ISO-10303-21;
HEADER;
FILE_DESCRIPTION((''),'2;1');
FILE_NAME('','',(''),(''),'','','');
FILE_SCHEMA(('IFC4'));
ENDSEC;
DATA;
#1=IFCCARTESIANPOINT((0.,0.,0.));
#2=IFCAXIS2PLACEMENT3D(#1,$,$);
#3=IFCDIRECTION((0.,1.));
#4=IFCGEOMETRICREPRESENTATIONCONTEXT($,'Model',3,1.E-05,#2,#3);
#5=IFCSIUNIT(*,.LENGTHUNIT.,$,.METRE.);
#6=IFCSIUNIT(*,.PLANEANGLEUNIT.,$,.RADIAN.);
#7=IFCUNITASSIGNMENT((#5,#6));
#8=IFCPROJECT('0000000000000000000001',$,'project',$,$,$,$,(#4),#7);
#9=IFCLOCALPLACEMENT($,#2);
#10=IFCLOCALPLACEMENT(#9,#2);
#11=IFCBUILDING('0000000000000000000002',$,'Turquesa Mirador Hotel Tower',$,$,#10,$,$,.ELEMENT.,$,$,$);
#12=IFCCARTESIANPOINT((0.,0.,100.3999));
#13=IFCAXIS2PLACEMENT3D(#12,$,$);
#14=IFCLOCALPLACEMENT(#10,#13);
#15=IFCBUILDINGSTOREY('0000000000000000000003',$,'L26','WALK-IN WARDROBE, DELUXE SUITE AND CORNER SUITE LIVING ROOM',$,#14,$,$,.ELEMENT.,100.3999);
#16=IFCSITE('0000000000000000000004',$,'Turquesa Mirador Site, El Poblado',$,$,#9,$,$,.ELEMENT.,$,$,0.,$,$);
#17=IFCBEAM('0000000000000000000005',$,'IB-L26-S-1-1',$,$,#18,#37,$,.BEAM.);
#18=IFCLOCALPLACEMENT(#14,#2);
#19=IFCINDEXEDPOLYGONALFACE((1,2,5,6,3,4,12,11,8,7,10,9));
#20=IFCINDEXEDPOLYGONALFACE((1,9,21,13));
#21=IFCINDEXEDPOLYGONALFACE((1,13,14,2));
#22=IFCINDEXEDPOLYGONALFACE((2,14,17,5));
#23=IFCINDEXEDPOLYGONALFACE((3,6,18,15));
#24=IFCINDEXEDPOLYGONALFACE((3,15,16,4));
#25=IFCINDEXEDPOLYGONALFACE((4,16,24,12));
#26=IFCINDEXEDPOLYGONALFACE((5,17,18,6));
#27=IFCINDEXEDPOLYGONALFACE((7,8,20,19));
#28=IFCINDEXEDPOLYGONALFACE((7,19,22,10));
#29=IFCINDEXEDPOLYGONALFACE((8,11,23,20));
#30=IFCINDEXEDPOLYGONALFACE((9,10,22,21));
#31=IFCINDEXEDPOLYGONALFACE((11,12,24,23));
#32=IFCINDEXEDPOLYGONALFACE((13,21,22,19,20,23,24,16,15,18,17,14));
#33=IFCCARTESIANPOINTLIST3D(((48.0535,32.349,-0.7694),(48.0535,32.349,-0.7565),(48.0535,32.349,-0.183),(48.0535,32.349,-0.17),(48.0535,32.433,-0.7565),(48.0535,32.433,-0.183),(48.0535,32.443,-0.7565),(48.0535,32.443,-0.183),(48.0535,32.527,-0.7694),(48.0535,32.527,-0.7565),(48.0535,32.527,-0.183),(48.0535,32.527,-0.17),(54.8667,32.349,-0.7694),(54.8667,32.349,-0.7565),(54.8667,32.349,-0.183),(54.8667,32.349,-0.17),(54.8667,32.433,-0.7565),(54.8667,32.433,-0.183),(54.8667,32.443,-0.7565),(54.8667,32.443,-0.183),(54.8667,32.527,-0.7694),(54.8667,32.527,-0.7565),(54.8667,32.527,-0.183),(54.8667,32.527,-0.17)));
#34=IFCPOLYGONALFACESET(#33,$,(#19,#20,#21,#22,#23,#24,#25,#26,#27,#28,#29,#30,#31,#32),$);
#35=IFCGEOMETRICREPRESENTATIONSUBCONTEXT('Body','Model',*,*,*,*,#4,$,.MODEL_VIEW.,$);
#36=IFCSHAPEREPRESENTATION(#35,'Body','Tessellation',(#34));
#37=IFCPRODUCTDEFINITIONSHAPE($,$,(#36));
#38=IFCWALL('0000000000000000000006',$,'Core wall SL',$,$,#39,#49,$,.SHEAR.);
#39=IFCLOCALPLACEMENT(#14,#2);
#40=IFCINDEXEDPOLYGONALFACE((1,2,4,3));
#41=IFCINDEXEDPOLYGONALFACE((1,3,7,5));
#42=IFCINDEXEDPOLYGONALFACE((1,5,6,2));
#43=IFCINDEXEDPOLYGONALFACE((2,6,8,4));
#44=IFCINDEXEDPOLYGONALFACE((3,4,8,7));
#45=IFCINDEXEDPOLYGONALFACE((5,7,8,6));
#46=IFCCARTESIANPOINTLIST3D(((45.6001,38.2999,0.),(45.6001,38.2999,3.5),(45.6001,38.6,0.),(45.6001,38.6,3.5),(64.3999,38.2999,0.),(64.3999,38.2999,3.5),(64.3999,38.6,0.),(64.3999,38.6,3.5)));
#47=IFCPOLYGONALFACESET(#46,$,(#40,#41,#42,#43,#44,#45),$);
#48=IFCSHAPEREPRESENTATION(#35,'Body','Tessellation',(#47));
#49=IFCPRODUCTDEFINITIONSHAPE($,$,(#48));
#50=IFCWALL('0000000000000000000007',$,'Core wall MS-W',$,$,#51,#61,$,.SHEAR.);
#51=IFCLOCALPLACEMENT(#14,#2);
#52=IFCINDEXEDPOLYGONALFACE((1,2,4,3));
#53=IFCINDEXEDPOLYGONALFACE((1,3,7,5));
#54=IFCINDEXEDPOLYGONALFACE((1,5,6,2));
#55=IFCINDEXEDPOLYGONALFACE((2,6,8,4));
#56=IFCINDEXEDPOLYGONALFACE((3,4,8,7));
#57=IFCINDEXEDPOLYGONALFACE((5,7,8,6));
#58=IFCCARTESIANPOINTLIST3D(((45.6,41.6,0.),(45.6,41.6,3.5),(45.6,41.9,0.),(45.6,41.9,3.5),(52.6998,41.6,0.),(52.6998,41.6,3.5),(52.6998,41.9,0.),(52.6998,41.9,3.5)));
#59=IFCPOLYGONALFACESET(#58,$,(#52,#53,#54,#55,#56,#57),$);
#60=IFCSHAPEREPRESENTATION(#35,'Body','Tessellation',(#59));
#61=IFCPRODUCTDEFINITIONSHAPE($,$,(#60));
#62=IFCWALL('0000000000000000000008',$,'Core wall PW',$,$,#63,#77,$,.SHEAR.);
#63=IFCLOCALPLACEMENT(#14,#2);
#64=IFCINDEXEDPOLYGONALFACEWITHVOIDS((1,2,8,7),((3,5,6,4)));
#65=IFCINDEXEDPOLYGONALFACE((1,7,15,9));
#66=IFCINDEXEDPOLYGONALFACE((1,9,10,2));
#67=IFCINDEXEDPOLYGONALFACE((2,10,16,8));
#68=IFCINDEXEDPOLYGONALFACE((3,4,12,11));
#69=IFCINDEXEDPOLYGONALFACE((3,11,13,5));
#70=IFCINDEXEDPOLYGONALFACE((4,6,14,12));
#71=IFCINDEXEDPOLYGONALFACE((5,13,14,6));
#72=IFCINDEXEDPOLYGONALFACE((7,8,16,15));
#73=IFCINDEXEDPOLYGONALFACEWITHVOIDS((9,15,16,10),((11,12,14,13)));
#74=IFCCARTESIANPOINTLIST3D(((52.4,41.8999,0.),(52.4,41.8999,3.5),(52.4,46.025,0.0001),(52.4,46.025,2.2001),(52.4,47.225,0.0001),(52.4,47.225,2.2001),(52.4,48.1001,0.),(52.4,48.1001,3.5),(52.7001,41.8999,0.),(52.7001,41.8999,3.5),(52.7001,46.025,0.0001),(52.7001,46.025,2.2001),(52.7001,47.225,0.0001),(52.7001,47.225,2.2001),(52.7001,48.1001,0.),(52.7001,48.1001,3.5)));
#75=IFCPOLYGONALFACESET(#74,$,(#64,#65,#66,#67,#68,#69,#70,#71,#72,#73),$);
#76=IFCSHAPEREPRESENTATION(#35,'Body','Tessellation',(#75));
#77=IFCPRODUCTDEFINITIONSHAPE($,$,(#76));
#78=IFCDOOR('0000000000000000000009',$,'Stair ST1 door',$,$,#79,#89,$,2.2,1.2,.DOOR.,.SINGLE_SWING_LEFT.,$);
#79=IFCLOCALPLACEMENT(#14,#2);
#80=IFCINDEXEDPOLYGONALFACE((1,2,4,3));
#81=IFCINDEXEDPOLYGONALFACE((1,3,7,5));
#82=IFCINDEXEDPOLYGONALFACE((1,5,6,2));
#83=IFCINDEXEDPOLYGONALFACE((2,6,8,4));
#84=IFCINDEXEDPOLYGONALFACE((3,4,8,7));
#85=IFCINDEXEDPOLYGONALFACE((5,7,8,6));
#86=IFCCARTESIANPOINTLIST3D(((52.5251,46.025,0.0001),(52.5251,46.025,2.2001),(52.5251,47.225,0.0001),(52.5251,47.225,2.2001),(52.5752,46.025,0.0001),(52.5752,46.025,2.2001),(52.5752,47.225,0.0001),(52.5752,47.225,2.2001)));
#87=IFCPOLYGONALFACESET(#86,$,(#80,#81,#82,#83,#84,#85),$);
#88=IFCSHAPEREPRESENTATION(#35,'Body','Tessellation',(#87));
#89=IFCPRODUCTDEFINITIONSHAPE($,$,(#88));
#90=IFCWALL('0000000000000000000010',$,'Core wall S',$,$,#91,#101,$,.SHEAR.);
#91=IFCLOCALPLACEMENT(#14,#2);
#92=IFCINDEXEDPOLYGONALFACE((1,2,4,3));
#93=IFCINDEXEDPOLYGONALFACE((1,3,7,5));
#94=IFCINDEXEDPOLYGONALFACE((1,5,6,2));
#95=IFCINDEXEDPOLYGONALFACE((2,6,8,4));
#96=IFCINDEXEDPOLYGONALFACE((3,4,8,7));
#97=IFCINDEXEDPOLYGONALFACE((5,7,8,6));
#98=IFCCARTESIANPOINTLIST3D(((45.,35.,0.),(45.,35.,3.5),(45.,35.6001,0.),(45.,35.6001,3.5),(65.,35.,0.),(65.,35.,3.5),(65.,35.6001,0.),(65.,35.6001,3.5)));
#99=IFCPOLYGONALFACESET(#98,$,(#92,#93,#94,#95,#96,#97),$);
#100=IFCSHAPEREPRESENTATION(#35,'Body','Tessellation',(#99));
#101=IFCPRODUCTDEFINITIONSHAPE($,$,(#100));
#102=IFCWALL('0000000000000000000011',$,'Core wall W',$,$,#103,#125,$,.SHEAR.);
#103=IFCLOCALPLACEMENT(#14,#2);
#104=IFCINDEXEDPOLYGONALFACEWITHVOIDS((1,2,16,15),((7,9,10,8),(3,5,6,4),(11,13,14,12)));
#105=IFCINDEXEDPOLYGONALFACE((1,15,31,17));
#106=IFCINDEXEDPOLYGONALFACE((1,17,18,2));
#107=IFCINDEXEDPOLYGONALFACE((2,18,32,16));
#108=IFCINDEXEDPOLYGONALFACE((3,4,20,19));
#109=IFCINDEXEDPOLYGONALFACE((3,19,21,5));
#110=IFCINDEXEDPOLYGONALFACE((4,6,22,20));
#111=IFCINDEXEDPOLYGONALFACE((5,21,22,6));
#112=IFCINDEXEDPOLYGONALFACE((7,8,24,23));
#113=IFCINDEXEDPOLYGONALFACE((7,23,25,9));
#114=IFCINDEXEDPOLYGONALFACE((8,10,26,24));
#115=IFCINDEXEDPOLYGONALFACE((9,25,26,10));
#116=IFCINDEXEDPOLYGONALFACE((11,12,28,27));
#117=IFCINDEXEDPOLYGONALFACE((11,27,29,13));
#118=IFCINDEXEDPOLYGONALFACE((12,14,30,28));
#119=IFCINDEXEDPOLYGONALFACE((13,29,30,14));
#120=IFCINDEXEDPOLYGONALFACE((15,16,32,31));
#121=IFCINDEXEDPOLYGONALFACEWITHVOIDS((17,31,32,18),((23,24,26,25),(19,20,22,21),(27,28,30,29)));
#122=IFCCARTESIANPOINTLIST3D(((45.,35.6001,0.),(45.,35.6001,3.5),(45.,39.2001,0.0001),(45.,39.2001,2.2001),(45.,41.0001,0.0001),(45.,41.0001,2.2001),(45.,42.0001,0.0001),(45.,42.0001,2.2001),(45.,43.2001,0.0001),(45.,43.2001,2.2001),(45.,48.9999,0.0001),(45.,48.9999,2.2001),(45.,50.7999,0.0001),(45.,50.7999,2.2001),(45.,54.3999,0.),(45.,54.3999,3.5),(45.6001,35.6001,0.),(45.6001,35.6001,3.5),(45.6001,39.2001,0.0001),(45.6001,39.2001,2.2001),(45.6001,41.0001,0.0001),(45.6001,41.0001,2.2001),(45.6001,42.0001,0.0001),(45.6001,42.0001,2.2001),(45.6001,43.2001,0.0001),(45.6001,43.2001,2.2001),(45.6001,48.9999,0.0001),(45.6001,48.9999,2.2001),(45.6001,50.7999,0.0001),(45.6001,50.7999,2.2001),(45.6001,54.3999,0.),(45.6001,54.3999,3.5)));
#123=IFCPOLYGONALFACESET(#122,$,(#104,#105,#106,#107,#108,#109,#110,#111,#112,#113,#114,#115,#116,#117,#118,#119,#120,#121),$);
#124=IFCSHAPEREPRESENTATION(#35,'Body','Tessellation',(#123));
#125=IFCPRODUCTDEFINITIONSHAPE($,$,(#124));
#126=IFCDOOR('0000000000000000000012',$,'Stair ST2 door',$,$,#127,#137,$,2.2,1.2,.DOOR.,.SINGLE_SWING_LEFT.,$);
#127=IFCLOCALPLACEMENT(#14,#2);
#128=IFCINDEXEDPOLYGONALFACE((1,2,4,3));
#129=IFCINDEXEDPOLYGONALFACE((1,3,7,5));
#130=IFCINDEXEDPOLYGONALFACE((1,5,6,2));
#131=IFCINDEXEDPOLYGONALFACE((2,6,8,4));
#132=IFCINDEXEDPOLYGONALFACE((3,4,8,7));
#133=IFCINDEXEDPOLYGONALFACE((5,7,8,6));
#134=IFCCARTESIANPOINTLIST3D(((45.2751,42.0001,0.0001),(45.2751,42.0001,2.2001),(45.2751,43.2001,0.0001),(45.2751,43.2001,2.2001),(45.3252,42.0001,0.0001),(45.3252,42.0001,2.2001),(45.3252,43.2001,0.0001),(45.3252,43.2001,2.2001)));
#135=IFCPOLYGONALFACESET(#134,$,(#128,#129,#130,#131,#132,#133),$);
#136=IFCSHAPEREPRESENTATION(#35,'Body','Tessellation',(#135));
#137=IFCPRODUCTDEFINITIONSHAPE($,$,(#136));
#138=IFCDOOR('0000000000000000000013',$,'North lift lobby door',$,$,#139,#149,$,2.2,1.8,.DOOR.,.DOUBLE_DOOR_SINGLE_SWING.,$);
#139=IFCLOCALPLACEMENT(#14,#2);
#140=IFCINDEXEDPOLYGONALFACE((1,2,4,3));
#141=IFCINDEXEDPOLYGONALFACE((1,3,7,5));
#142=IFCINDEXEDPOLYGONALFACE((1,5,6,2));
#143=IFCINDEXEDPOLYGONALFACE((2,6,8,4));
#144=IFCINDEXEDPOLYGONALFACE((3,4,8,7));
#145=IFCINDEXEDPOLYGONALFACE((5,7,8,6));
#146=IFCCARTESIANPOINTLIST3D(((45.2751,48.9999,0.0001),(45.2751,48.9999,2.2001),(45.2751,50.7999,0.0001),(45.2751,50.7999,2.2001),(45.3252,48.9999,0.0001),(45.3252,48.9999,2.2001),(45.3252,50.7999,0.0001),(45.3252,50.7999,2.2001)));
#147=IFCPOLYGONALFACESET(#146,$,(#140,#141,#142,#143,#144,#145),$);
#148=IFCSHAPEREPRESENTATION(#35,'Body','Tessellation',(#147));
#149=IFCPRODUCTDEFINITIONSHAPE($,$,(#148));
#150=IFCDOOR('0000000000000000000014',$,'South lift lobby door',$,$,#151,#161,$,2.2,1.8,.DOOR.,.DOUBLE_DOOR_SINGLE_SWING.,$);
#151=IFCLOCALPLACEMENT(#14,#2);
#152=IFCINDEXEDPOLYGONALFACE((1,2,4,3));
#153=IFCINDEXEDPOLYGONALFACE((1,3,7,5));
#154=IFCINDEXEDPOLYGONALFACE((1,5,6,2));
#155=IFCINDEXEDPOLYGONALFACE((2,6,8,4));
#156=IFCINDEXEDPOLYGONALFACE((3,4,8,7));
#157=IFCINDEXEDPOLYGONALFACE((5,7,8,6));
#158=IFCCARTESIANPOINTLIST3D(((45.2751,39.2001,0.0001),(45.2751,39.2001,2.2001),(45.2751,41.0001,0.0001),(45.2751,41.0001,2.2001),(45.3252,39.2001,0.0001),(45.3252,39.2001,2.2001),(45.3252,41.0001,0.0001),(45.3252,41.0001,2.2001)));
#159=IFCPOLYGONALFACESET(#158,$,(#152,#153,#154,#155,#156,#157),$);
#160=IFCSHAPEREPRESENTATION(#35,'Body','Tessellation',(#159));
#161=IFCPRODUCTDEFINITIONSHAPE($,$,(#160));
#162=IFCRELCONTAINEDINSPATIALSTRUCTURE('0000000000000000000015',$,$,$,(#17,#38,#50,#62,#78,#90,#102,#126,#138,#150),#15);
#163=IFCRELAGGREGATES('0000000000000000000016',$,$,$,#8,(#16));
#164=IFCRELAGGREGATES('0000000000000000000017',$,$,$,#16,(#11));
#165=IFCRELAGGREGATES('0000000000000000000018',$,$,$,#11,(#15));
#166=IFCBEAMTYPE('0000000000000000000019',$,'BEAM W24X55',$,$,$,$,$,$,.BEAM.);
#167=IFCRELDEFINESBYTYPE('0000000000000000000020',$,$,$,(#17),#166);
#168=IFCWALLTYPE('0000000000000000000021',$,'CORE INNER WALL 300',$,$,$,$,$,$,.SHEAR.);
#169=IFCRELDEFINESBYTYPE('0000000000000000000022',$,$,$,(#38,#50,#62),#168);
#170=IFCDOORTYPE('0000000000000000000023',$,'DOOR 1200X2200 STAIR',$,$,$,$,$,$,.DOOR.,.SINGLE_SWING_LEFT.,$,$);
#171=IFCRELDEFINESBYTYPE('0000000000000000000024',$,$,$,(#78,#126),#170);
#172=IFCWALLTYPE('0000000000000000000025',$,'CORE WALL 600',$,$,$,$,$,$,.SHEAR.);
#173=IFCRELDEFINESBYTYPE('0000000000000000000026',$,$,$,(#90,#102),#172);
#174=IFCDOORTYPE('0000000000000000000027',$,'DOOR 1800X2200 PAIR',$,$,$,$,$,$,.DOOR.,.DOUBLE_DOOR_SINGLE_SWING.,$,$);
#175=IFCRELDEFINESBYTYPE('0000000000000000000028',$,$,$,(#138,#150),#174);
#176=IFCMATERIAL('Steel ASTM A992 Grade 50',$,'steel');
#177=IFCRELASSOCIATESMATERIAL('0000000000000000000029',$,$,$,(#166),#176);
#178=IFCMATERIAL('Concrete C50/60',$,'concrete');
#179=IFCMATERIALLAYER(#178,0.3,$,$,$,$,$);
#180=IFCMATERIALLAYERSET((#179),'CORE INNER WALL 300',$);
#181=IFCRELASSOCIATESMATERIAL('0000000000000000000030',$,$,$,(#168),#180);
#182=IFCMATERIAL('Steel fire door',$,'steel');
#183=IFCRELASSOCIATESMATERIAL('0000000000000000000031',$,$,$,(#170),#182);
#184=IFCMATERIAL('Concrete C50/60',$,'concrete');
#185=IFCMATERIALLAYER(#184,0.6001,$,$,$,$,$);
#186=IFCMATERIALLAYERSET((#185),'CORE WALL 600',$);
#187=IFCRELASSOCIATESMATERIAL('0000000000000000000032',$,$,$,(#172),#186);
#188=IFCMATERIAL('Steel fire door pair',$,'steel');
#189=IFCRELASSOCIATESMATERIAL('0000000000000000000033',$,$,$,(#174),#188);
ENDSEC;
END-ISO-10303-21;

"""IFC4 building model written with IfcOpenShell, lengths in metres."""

from ifc_helpers import new_model, si_unit, direction, frame, frame_2d, origin, origin_2d, place, context, subcontext, project, spatial, rectangle, i_section, extrude, material, layer, layer_set, material_profile, profile_set, type_object, element, fill, save


model = new_model("IFC4")

# Units and contexts
model_context = context("Model", 3, precision=1e-05, world=origin(), true_north=direction((0.0, 1.0)))
body_context = subcontext(model_context, "Body", "Model", "MODEL_VIEW")
ifc_project = project(units=[si_unit("LENGTHUNIT", "METRE"), si_unit("PLANEANGLEUNIT", "RADIAN")], contexts=[model_context])

# Site, building, storey
site_placement = place(None, origin())
site = spatial("IfcSite", under=ifc_project, at=site_placement, Name="Turquesa Mirador Site, El Poblado", CompositionType="ELEMENT", RefElevation=0.0)
building_placement = place(site_placement, origin())
building = spatial("IfcBuilding", under=site, at=building_placement, Name="Turquesa Mirador Hotel Tower", CompositionType="ELEMENT")
storey_placement = place(building_placement, frame((0.0, 0.0, 100.3999)))
storey = spatial("IfcBuildingStorey", under=building, at=storey_placement, Name="L26", Description="WALK-IN WARDROBE, DELUXE SUITE AND CORNER SUITE LIVING ROOM", CompositionType="ELEMENT", Elevation=100.3999)

# Beam
ifc_material_1 = material(Name="Steel ASTM A992 Grade 50", Category="steel")
ifc_material_profile = material_profile(ifc_material_1, i_section(OverallWidth=0.178, OverallDepth=0.5994, WebThickness=0.01, FlangeThickness=0.0129, at=origin_2d()), Name="W24X55")
ifc_profile_set = profile_set([ifc_material_profile], Name="Steel ASTM A992 Grade 50")
beam_type = type_object("IfcBeamType", Name="BEAM W24X55", PredefinedType="BEAM", material=ifc_profile_set)
beam_placement = place(storey_placement, frame((48.0535, 32.438, -0.4697), z_axis=(1.0, 0.0, 0.0), x_axis=(0.0, 1.0, 0.0)))
element("IfcBeam", 1, at=beam_placement, inside=storey, type_object=beam_type, Name="IB-L26-S-1-1", PredefinedType="BEAM", context=body_context, shape_type="SweptSolid", body=[
    extrude(i_section(OverallWidth=0.178, OverallDepth=0.5994, WebThickness=0.01, FlangeThickness=0.0129, at=origin_2d()), origin(), (0.0, 0.0, 1.0), 6.8132),
])

# Walls
ifc_material_2 = material(Name="Concrete C50/60", Category="concrete")
ifc_layer_1 = layer(ifc_material_2, 0.3)
ifc_layer_set_1 = layer_set([ifc_layer_1], Name="CORE INNER WALL 300")
wall_type_1 = type_object("IfcWallType", Name="CORE INNER WALL 300", PredefinedType="SHEAR", material=ifc_layer_set_1)
wall_1_placement = place(storey_placement, frame((45.6001, 38.45, 0.0), z_axis=(0.0, 0.0, 1.0), x_axis=(1.0, 0.0, 0.0)))
element("IfcWall", 2, at=wall_1_placement, inside=storey, type_object=wall_type_1, Name="Core wall SL", PredefinedType="SHEAR", context=body_context, shape_type="SweptSolid", body=[
    extrude(rectangle(XDim=18.7998, YDim=0.3, at=frame_2d((9.3999, 0.0))), origin(), (0.0, 0.0, 1.0), 3.5),
])
wall_2_placement = place(storey_placement, frame((45.6001, 41.75, 0.0), z_axis=(0.0, 0.0, 1.0), x_axis=(1.0, 0.0, 0.0)))
element("IfcWall", 3, at=wall_2_placement, inside=storey, type_object=wall_type_1, Name="Core wall MS-W", PredefinedType="SHEAR", context=body_context, shape_type="SweptSolid", body=[
    extrude(rectangle(XDim=7.0999, YDim=0.3, at=frame_2d((3.5498, 0.0))), origin(), (0.0, 0.0, 1.0), 3.5),
])

# Wall, opening, door
wall_3_placement = place(storey_placement, frame((52.55, 41.8999, 0.0), z_axis=(0.0, 0.0, 1.0), x_axis=(0.0, 1.0, 0.0)))
wall_3 = element("IfcWall", 4, at=wall_3_placement, inside=storey, type_object=wall_type_1, Name="Core wall PW", PredefinedType="SHEAR", context=body_context, shape_type="SweptSolid", body=[
    extrude(rectangle(XDim=6.2002, YDim=0.3, at=frame_2d((3.1001, 0.0))), origin(), (0.0, 0.0, 1.0), 3.5),
])
opening_1_placement = place(wall_3_placement, frame((4.125, 0.0, 0.0)))
opening_1 = element("IfcOpeningElement", 5, at=opening_1_placement, cuts=wall_3, PredefinedType="OPENING", context=body_context, shape_type="SweptSolid", body=[
    extrude(rectangle(XDim=1.2, YDim=2.2, at=frame_2d((0.6001, 1.1001))), frame((0.0, 0.1599, 0.0), z_axis=(0.0, -1.0, 0.0), x_axis=(1.0, 0.0, 0.0)), (0.0, 0.0, 1.0), 0.3201),
])
ifc_material_3 = material(Name="Steel fire door", Category="steel")
door_type_1 = type_object("IfcDoorType", Name="DOOR 1200X2200 STAIR", OperationType="SINGLE_SWING_LEFT", PredefinedType="DOOR", material=ifc_material_3)
door_1_placement = place(opening_1_placement, origin())
door_1 = element("IfcDoor", 6, at=door_1_placement, inside=storey, type_object=door_type_1, Name="Stair ST1 door", OperationType="SINGLE_SWING_LEFT", OverallHeight=2.2, OverallWidth=1.2, PredefinedType="DOOR", context=body_context, shape_type="SweptSolid", body=[
    extrude(rectangle(XDim=1.2, YDim=2.2, at=frame_2d((0.6001, 1.1001))), frame((0.0, 0.0249, 0.0), z_axis=(0.0, -1.0, 0.0), x_axis=(1.0, 0.0, 0.0)), (0.0, 0.0, 1.0), 0.05),
])
fill(opening_1, door_1)

# Wall
ifc_material_4 = material(Name="Concrete C50/60", Category="concrete")
ifc_layer_2 = layer(ifc_material_4, 0.6001)
ifc_layer_set_2 = layer_set([ifc_layer_2], Name="CORE WALL 600")
wall_type_2 = type_object("IfcWallType", Name="CORE WALL 600", PredefinedType="SHEAR", material=ifc_layer_set_2)
wall_4_placement = place(storey_placement, frame((45.0, 35.3, 0.0), z_axis=(0.0, 0.0, 1.0), x_axis=(1.0, 0.0, 0.0)))
element("IfcWall", 7, at=wall_4_placement, inside=storey, type_object=wall_type_2, Name="Core wall S", PredefinedType="SHEAR", context=body_context, shape_type="SweptSolid", body=[
    extrude(rectangle(XDim=20.0, YDim=0.6001, at=frame_2d((10.0, 0.0))), origin(), (0.0, 0.0, 1.0), 3.5),
])

# Wall, openings, doors
wall_5_placement = place(storey_placement, frame((45.3, 35.6001, 0.0), z_axis=(0.0, 0.0, 1.0), x_axis=(0.0, 1.0, 0.0)))
wall_5 = element("IfcWall", 8, at=wall_5_placement, inside=storey, type_object=wall_type_2, Name="Core wall W", PredefinedType="SHEAR", context=body_context, shape_type="SweptSolid", body=[
    extrude(rectangle(XDim=18.7998, YDim=0.6001, at=frame_2d((9.3999, 0.0))), origin(), (0.0, 0.0, 1.0), 3.5),
])
opening_2_placement = place(wall_5_placement, frame((13.3999, 0.0, 0.0)))
opening_2 = element("IfcOpeningElement", 9, at=opening_2_placement, cuts=wall_5, PredefinedType="OPENING", context=body_context, shape_type="SweptSolid", body=[
    extrude(rectangle(XDim=1.8, YDim=2.2, at=frame_2d((0.8999, 1.1001))), frame((0.0, 0.3101, 0.0), z_axis=(0.0, -1.0, 0.0), x_axis=(1.0, 0.0, 0.0)), (0.0, 0.0, 1.0), 0.6201),
])
opening_3_placement = place(wall_5_placement, frame((3.6001, 0.0, 0.0)))
opening_3 = element("IfcOpeningElement", 10, at=opening_3_placement, cuts=wall_5, PredefinedType="OPENING", context=body_context, shape_type="SweptSolid", body=[
    extrude(rectangle(XDim=1.8, YDim=2.2, at=frame_2d((0.8999, 1.1001))), frame((0.0, 0.3101, 0.0), z_axis=(0.0, -1.0, 0.0), x_axis=(1.0, 0.0, 0.0)), (0.0, 0.0, 1.0), 0.6201),
])
opening_4_placement = place(wall_5_placement, frame((6.3999, 0.0, 0.0)))
opening_4 = element("IfcOpeningElement", 11, at=opening_4_placement, cuts=wall_5, PredefinedType="OPENING", context=body_context, shape_type="SweptSolid", body=[
    extrude(rectangle(XDim=1.2, YDim=2.2, at=frame_2d((0.6001, 1.1001))), frame((0.0, 0.3101, 0.0), z_axis=(0.0, -1.0, 0.0), x_axis=(1.0, 0.0, 0.0)), (0.0, 0.0, 1.0), 0.6201),
])
door_2_placement = place(opening_4_placement, origin())
door_2 = element("IfcDoor", 12, at=door_2_placement, inside=storey, type_object=door_type_1, Name="Stair ST2 door", OperationType="SINGLE_SWING_LEFT", OverallHeight=2.2, OverallWidth=1.2, PredefinedType="DOOR", context=body_context, shape_type="SweptSolid", body=[
    extrude(rectangle(XDim=1.2, YDim=2.2, at=frame_2d((0.6001, 1.1001))), frame((0.0, 0.0249, 0.0), z_axis=(0.0, -1.0, 0.0), x_axis=(1.0, 0.0, 0.0)), (0.0, 0.0, 1.0), 0.05),
])
fill(opening_4, door_2)
ifc_material_5 = material(Name="Steel fire door pair", Category="steel")
door_type_2 = type_object("IfcDoorType", Name="DOOR 1800X2200 PAIR", OperationType="DOUBLE_DOOR_SINGLE_SWING", PredefinedType="DOOR", material=ifc_material_5)
door_3_placement = place(opening_2_placement, origin())
door_3 = element("IfcDoor", 13, at=door_3_placement, inside=storey, type_object=door_type_2, Name="North lift lobby door", OperationType="DOUBLE_DOOR_SINGLE_SWING", OverallHeight=2.2, OverallWidth=1.8, PredefinedType="DOOR", context=body_context, shape_type="SweptSolid", body=[
    extrude(rectangle(XDim=1.8, YDim=2.2, at=frame_2d((0.8999, 1.1001))), frame((0.0, 0.0249, 0.0), z_axis=(0.0, -1.0, 0.0), x_axis=(1.0, 0.0, 0.0)), (0.0, 0.0, 1.0), 0.05),
])
fill(opening_2, door_3)
door_4_placement = place(opening_3_placement, origin())
door_4 = element("IfcDoor", 14, at=door_4_placement, inside=storey, type_object=door_type_2, Name="South lift lobby door", OperationType="DOUBLE_DOOR_SINGLE_SWING", OverallHeight=2.2, OverallWidth=1.8, PredefinedType="DOOR", context=body_context, shape_type="SweptSolid", body=[
    extrude(rectangle(XDim=1.8, YDim=2.2, at=frame_2d((0.8999, 1.1001))), frame((0.0, 0.0249, 0.0), z_axis=(0.0, -1.0, 0.0), x_axis=(1.0, 0.0, 0.0)), (0.0, 0.0, 1.0), 0.05),
])
fill(opening_3, door_4)

save(model, "model.ifc")
